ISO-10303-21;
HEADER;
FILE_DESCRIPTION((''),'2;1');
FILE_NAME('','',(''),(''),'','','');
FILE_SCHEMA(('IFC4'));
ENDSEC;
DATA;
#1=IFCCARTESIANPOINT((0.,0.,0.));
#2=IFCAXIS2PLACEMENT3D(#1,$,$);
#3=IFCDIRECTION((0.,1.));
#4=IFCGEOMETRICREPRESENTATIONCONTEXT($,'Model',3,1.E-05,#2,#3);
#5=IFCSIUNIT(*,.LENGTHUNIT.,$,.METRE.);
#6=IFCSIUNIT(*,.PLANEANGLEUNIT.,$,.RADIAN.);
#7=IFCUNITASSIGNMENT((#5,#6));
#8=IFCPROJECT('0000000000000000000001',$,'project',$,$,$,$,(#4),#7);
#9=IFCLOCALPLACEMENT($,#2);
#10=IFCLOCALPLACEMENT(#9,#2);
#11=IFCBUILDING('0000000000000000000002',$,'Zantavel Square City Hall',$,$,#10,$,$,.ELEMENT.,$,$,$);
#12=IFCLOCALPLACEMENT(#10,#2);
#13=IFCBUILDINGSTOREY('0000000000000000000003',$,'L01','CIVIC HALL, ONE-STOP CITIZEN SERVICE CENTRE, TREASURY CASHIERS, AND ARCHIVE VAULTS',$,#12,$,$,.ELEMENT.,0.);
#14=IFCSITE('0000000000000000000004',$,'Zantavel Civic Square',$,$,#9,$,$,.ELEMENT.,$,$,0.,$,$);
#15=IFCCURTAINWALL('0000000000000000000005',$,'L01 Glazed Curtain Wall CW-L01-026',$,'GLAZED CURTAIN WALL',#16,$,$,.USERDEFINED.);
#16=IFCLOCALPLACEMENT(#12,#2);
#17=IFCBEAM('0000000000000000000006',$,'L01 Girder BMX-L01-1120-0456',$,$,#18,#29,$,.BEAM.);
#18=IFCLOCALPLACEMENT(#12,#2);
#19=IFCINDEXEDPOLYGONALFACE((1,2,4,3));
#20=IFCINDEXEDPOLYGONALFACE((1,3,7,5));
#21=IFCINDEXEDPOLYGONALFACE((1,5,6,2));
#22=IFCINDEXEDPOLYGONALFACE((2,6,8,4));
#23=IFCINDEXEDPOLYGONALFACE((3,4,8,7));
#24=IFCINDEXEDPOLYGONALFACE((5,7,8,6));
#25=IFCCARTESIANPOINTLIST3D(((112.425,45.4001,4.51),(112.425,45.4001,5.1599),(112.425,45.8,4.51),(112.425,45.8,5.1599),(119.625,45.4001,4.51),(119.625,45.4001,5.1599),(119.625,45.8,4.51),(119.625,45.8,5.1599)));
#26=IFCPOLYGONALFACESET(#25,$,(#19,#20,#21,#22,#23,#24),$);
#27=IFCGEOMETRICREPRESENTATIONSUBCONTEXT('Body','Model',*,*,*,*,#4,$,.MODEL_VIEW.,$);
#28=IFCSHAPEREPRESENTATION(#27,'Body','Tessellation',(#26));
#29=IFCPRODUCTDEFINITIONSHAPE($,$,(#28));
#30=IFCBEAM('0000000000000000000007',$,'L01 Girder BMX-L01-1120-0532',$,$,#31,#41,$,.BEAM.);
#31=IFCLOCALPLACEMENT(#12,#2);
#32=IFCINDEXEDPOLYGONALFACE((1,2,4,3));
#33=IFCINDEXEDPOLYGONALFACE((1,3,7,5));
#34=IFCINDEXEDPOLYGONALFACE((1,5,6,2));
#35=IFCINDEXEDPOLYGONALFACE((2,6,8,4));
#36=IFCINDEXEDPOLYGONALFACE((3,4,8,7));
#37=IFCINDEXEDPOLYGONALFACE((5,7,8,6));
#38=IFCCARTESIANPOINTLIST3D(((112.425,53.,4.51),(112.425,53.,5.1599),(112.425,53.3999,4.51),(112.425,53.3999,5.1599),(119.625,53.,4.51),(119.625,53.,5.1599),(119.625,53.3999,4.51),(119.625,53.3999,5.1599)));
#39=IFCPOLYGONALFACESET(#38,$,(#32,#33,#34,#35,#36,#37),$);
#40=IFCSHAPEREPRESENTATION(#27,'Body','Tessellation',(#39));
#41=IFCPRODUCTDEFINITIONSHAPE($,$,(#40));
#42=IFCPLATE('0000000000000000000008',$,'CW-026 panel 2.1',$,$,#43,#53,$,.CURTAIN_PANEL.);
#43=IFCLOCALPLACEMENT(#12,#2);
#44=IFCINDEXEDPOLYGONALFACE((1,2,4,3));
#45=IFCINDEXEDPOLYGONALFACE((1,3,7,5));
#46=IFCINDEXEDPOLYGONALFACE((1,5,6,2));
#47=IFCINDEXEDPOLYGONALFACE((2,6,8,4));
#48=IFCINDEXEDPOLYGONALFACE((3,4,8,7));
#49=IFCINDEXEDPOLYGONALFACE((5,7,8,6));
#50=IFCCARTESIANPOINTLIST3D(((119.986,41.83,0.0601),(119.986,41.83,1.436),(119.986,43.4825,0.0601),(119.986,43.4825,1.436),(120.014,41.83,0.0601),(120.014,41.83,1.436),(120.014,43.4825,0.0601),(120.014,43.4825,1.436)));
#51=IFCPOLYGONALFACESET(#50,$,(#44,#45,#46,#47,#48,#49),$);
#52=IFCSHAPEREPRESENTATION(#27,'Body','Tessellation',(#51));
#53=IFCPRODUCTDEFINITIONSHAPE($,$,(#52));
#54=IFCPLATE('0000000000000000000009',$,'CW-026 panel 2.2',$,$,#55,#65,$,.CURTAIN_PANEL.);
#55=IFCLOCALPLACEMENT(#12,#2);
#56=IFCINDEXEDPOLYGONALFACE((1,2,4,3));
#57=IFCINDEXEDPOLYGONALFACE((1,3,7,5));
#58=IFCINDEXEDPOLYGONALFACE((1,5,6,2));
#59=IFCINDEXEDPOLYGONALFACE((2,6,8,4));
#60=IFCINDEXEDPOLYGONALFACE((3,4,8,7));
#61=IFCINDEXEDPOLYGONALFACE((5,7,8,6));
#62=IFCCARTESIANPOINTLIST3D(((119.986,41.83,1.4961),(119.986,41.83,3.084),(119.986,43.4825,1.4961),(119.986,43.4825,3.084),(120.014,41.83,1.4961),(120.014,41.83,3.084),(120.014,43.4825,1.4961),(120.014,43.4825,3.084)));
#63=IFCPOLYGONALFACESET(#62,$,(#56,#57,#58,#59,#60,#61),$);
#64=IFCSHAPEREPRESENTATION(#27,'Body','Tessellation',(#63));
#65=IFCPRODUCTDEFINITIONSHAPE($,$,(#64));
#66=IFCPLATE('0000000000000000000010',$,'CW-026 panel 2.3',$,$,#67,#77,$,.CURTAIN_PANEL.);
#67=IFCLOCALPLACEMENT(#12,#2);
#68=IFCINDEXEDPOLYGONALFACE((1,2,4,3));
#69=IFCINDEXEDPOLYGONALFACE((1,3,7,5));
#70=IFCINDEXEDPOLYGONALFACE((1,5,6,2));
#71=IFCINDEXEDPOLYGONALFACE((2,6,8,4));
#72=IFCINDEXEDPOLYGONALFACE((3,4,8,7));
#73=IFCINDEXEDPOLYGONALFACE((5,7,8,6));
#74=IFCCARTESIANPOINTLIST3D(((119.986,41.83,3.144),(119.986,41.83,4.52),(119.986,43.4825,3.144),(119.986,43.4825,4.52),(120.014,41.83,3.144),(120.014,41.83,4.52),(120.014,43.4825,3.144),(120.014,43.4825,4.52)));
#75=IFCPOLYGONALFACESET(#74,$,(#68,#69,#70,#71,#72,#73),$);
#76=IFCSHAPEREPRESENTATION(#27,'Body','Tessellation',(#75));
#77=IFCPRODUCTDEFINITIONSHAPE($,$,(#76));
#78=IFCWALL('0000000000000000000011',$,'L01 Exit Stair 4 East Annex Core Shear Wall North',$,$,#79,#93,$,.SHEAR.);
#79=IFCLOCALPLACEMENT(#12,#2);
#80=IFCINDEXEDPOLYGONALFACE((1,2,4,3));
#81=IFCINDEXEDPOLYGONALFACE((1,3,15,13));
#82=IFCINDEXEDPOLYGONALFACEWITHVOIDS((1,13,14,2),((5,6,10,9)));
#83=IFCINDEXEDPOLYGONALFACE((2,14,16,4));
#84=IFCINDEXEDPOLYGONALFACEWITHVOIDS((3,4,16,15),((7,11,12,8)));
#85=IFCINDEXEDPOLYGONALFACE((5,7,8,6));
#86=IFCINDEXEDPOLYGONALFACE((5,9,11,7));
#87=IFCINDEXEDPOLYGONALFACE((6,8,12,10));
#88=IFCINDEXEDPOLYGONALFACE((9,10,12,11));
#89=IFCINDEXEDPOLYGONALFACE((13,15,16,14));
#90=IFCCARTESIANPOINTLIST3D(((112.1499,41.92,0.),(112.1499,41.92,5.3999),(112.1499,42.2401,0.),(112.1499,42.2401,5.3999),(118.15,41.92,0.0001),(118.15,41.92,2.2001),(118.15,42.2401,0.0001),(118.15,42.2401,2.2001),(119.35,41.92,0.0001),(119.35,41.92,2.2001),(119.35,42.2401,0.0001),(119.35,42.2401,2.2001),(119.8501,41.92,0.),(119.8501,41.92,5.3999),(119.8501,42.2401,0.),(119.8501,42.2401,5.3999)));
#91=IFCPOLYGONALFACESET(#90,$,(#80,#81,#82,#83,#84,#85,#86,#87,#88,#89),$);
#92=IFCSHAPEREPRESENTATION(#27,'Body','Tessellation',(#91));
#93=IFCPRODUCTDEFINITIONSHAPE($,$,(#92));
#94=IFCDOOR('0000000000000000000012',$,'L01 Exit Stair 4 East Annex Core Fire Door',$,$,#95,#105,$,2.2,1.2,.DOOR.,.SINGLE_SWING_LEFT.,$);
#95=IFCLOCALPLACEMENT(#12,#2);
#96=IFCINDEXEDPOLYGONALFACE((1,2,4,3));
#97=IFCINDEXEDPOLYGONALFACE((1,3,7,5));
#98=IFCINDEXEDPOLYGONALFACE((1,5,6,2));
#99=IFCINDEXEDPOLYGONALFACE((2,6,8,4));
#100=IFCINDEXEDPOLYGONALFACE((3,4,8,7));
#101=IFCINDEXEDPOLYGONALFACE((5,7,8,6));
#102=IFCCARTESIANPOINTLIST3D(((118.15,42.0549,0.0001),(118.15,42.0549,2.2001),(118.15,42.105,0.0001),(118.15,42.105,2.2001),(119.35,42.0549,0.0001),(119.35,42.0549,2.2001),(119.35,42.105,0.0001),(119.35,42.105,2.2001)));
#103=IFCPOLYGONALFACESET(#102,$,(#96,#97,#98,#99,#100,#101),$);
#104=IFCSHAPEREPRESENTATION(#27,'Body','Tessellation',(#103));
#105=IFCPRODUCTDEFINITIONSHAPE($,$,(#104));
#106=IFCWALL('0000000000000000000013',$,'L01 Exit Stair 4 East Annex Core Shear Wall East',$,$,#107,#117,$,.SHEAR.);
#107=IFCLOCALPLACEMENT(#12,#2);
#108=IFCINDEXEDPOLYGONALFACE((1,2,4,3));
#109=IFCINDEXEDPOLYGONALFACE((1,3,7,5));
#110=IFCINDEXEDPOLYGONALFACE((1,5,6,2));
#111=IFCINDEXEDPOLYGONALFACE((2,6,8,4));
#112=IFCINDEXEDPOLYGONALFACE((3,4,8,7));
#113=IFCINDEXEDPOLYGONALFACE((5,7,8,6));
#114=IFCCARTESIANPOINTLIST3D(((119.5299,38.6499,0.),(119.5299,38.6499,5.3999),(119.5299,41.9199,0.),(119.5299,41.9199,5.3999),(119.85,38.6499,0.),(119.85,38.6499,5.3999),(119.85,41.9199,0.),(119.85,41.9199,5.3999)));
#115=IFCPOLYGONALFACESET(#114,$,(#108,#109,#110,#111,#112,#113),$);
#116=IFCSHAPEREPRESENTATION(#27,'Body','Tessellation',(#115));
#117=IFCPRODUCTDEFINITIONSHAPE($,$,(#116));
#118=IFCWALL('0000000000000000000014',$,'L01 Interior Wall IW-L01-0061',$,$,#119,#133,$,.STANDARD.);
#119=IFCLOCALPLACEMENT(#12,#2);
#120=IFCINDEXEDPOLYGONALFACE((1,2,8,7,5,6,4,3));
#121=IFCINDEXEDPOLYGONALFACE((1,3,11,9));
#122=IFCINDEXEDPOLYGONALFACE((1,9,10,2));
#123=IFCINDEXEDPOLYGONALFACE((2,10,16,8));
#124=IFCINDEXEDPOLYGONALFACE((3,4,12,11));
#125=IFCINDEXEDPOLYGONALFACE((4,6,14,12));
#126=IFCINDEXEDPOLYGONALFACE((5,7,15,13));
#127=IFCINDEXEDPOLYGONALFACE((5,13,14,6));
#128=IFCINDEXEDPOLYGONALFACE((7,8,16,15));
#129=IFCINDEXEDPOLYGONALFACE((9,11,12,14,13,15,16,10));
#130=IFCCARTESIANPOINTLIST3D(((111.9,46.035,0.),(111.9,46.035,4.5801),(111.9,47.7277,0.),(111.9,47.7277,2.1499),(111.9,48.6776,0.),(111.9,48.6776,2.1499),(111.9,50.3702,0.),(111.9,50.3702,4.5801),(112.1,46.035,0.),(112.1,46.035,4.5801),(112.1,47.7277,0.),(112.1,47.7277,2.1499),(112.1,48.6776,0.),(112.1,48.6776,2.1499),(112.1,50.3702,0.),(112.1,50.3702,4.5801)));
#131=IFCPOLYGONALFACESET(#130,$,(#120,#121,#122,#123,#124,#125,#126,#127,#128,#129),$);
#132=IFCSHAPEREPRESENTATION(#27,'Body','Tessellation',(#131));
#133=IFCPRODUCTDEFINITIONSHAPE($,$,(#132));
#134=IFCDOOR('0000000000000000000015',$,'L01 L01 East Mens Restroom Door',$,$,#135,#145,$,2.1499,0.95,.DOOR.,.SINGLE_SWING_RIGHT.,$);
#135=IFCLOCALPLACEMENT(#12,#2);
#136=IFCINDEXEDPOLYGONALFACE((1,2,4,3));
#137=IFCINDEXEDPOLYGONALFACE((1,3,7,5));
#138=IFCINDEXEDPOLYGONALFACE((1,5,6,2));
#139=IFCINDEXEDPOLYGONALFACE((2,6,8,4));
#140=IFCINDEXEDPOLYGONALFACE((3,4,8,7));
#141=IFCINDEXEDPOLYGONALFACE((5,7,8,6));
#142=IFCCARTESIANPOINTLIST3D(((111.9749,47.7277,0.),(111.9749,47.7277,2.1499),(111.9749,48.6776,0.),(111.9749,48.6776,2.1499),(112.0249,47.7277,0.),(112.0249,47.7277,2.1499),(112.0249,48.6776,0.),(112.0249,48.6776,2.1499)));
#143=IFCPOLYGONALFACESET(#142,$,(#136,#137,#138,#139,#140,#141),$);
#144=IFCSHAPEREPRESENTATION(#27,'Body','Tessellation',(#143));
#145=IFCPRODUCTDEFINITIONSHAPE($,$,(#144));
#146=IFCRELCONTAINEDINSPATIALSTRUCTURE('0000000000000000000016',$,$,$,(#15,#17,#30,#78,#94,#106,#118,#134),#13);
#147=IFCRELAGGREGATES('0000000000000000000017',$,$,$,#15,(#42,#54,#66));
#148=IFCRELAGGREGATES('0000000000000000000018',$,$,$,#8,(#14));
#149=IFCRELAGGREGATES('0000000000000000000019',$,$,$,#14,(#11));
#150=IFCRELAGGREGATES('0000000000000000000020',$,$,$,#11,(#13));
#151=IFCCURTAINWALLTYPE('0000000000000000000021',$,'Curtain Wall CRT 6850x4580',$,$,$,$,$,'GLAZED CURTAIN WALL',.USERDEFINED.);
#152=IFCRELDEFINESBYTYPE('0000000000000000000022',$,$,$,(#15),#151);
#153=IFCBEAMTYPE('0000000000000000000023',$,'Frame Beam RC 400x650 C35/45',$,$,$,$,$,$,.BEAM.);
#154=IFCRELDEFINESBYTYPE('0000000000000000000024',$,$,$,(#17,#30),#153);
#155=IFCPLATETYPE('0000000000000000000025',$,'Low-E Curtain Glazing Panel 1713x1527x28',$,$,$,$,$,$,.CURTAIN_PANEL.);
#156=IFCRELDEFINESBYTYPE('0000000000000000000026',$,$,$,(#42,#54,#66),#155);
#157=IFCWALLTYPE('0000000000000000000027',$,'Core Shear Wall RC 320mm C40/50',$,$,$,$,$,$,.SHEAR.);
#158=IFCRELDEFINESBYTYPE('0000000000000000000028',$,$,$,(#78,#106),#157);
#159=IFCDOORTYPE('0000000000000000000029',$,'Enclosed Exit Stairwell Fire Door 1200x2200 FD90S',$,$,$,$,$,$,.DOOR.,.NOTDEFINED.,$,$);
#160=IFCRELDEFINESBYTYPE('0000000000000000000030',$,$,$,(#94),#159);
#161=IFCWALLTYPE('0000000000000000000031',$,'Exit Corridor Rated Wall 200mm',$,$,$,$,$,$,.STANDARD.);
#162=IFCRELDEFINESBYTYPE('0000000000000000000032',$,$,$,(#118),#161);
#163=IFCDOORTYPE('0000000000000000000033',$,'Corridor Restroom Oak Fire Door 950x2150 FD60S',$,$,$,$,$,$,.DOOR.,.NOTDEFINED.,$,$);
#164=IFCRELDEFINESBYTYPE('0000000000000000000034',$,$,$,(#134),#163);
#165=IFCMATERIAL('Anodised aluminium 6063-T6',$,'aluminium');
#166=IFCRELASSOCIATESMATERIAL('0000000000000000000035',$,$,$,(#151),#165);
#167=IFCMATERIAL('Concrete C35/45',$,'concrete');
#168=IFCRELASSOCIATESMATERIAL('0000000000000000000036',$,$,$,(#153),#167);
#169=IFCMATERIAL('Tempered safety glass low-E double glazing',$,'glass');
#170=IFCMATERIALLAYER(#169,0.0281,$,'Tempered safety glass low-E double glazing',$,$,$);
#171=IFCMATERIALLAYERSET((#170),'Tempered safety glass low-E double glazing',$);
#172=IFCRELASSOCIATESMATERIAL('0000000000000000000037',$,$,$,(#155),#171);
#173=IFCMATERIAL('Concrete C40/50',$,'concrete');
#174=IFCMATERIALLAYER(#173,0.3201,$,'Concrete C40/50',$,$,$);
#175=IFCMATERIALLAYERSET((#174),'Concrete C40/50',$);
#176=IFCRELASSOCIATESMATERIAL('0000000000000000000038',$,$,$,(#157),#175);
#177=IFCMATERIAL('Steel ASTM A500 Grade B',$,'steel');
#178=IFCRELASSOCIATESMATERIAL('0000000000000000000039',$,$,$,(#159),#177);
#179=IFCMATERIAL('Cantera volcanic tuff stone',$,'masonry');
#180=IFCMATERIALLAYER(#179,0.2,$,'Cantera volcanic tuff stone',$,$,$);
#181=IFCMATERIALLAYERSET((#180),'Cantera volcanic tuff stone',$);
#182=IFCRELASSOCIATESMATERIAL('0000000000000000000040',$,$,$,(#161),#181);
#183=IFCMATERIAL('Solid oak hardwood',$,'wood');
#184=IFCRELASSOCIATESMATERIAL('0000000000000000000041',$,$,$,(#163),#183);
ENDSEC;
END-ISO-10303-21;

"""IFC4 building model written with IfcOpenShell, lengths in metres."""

from ifc_helpers import new_model, si_unit, direction, frame, frame_2d, origin, origin_2d, place, context, subcontext, project, spatial, rectangle, extrude, material, layer, layer_set, material_profile, profile_set, type_object, element, fill, aggregate, save


model = new_model("IFC4")

# Units and contexts
model_context = context("Model", 3, precision=1e-05, world=origin(), true_north=direction((0.0, 1.0)))
body_context = subcontext(model_context, "Body", "Model", "MODEL_VIEW")
ifc_project = project(units=[si_unit("LENGTHUNIT", "METRE"), si_unit("PLANEANGLEUNIT", "RADIAN")], contexts=[model_context])

# Site, building, storey
site_placement = place(None, origin())
site = spatial("IfcSite", under=ifc_project, at=site_placement, Name="Zantavel Civic Square", CompositionType="ELEMENT", RefElevation=0.0)
building_placement = place(site_placement, origin())
building = spatial("IfcBuilding", under=site, at=building_placement, Name="Zantavel Square City Hall", CompositionType="ELEMENT")
storey_placement = place(building_placement, origin())
storey = spatial("IfcBuildingStorey", under=building, at=storey_placement, Name="L01", Description="CIVIC HALL, ONE-STOP CITIZEN SERVICE CENTRE, TREASURY CASHIERS, AND ARCHIVE VAULTS", CompositionType="ELEMENT", Elevation=0.0)

# Shared definitions
ifc_material_1 = material(Name="Concrete C40/50", Category="concrete")

# Curtain wall
ifc_material_2 = material(Name="Anodised aluminium 6063-T6", Category="aluminium")
curtain_wall_type = type_object("IfcCurtainWallType", Name="Curtain Wall CRT 6850x4580", ElementType="GLAZED CURTAIN WALL", PredefinedType="USERDEFINED", material=ifc_material_2)
curtain_wall_placement = place(storey_placement, origin())
curtain_wall = element("IfcCurtainWall", 1, at=curtain_wall_placement, inside=storey, type_object=curtain_wall_type, Name="L01 Glazed Curtain Wall CW-L01-026", ObjectType="GLAZED CURTAIN WALL", PredefinedType="USERDEFINED")

# Beams
ifc_material_3 = material(Name="Concrete C35/45", Category="concrete")
ifc_material_profile_1 = material_profile(ifc_material_3, rectangle(XDim=0.3999, YDim=0.6499, at=origin_2d()), Name="RC 400x650")
ifc_profile_set_1 = profile_set([ifc_material_profile_1], Name="Concrete C35/45")
beam_type_1 = type_object("IfcBeamType", Name="Frame Beam RC 400x650 C35/45", PredefinedType="BEAM", material=ifc_profile_set_1)
for number, where, z_axis, x_axis, name in (
    (2, (112.425, 45.6001, 4.835), (1.0, 0.0, 0.0), (0.0, 1.0, 0.0), "L01 Girder BMX-L01-1120-0456"),
    (3, (112.425, 53.2, 4.835), (1.0, 0.0, 0.0), (0.0, 1.0, 0.0), "L01 Girder BMX-L01-1120-0532"),
):
    element("IfcBeam", number, at=place(storey_placement, frame(where, z_axis=z_axis, x_axis=x_axis)), inside=storey, type_object=beam_type_1, Name=name, PredefinedType="BEAM", context=body_context, shape_type="SweptSolid", body=[
        extrude(rectangle(XDim=0.3999, YDim=0.6499, at=origin_2d()), origin(), (0.0, 0.0, 1.0), 7.2),
    ])

# Plates
ifc_material_4 = material(Name="Tempered safety glass low-E double glazing", Category="glass")
ifc_layer_1 = layer(ifc_material_4, 0.0281, Name="Tempered safety glass low-E double glazing")
ifc_layer_set_1 = layer_set([ifc_layer_1], Name="Tempered safety glass low-E double glazing")
plate_type = type_object("IfcPlateType", Name="Low-E Curtain Glazing Panel 1713x1527x28", PredefinedType="CURTAIN_PANEL", material=ifc_layer_set_1)
plate_1_placement = place(storey_placement, frame((120.0, 42.6562, 0.0601), z_axis=(0.0, 0.0, 1.0), x_axis=(0.0, -1.0, 0.0)))
plate_1 = element("IfcPlate", 4, at=plate_1_placement, type_object=plate_type, Name="CW-026 panel 2.1", PredefinedType="CURTAIN_PANEL", context=body_context, shape_type="SweptSolid", body=[
    extrude(rectangle(XDim=1.6526, YDim=0.0281, at=origin_2d()), origin(), (0.0, 0.0, 1.0), 1.376),
])
plate_2_placement = place(storey_placement, frame((120.0, 42.6562, 1.4961), z_axis=(0.0, 0.0, 1.0), x_axis=(0.0, -1.0, 0.0)))
plate_2 = element("IfcPlate", 5, at=plate_2_placement, type_object=plate_type, Name="CW-026 panel 2.2", PredefinedType="CURTAIN_PANEL", context=body_context, shape_type="SweptSolid", body=[
    extrude(rectangle(XDim=1.6526, YDim=0.0281, at=origin_2d()), origin(), (0.0, 0.0, 1.0), 1.5879),
])
plate_3_placement = place(storey_placement, frame((120.0, 42.6562, 3.144), z_axis=(0.0, 0.0, 1.0), x_axis=(0.0, -1.0, 0.0)))
plate_3 = element("IfcPlate", 6, at=plate_3_placement, type_object=plate_type, Name="CW-026 panel 2.3", PredefinedType="CURTAIN_PANEL", context=body_context, shape_type="SweptSolid", body=[
    extrude(rectangle(XDim=1.6526, YDim=0.0281, at=origin_2d()), origin(), (0.0, 0.0, 1.0), 1.376),
])
aggregate(curtain_wall, [plate_1, plate_2, plate_3])

# Wall, opening, door
ifc_layer_2 = layer(ifc_material_1, 0.3201, Name="Concrete C40/50")
ifc_layer_set_2 = layer_set([ifc_layer_2], Name="Concrete C40/50")
wall_type_1 = type_object("IfcWallType", Name="Core Shear Wall RC 320mm C40/50", PredefinedType="SHEAR", material=ifc_layer_set_2)
wall_1_placement = place(storey_placement, frame((112.1499, 42.0801, 0.0), z_axis=(0.0, 0.0, 1.0), x_axis=(1.0, 0.0, 0.0)))
wall_1 = element("IfcWall", 7, at=wall_1_placement, inside=storey, type_object=wall_type_1, Name="L01 Exit Stair 4 East Annex Core Shear Wall North", PredefinedType="SHEAR", context=body_context, shape_type="SweptSolid", body=[
    extrude(rectangle(XDim=7.7002, YDim=0.3201, at=frame_2d((3.8501, 0.0))), origin(), (0.0, 0.0, 1.0), 5.3999),
])
opening_1_placement = place(wall_1_placement, frame((6.0, 0.0, 0.0)))
opening_1 = element("IfcOpeningElement", 8, at=opening_1_placement, cuts=wall_1, PredefinedType="OPENING", context=body_context, shape_type="SweptSolid", body=[
    extrude(rectangle(XDim=1.2, YDim=2.2, at=frame_2d((0.6001, 1.1001))), frame((0.0, 0.1699, 0.0), z_axis=(0.0, -1.0, 0.0), x_axis=(1.0, 0.0, 0.0)), (0.0, 0.0, 1.0), 0.3401),
])
ifc_material_5 = material(Name="Steel ASTM A500 Grade B", Category="steel")
door_type_1 = type_object("IfcDoorType", Name="Enclosed Exit Stairwell Fire Door 1200x2200 FD90S", OperationType="NOTDEFINED", PredefinedType="DOOR", material=ifc_material_5)
door_1_placement = place(opening_1_placement, origin())
door_1 = element("IfcDoor", 9, at=door_1_placement, inside=storey, type_object=door_type_1, Name="L01 Exit Stair 4 East Annex Core Fire Door", OperationType="SINGLE_SWING_LEFT", OverallHeight=2.2, OverallWidth=1.2, PredefinedType="DOOR", context=body_context, shape_type="SweptSolid", body=[
    extrude(rectangle(XDim=1.2, YDim=2.2, at=frame_2d((0.6001, 1.1001))), frame((0.0, 0.0249, 0.0), z_axis=(0.0, -1.0, 0.0), x_axis=(1.0, 0.0, 0.0)), (0.0, 0.0, 1.0), 0.05),
])
fill(opening_1, door_1)

# Wall
wall_2_placement = place(storey_placement, frame((119.6899, 41.9199, 0.0), z_axis=(0.0, 0.0, 1.0), x_axis=(0.0, -1.0, 0.0)))
element("IfcWall", 10, at=wall_2_placement, inside=storey, type_object=wall_type_1, Name="L01 Exit Stair 4 East Annex Core Shear Wall East", PredefinedType="SHEAR", context=body_context, shape_type="SweptSolid", body=[
    extrude(rectangle(XDim=3.27, YDim=0.3201, at=frame_2d((1.635, 0.0))), origin(), (0.0, 0.0, 1.0), 5.3999),
])

# Wall, opening, door
ifc_material_6 = material(Name="Cantera volcanic tuff stone", Category="masonry")
ifc_layer_3 = layer(ifc_material_6, 0.2, Name="Cantera volcanic tuff stone")
ifc_layer_set_3 = layer_set([ifc_layer_3], Name="Cantera volcanic tuff stone")
wall_type_2 = type_object("IfcWallType", Name="Exit Corridor Rated Wall 200mm", PredefinedType="STANDARD", material=ifc_layer_set_3)
wall_3_placement = place(storey_placement, frame((112.0, 50.3701, 0.0), z_axis=(0.0, 0.0, 1.0), x_axis=(0.0, -1.0, 0.0)))
wall_3 = element("IfcWall", 11, at=wall_3_placement, inside=storey, type_object=wall_type_2, Name="L01 Interior Wall IW-L01-0061", PredefinedType="STANDARD", context=body_context, shape_type="SweptSolid", body=[
    extrude(rectangle(XDim=4.3352, YDim=0.2, at=frame_2d((2.1675, 0.0))), origin(), (0.0, 0.0, 1.0), 4.5801),
])
opening_2_placement = place(wall_3_placement, frame((1.6924, 0.0, 0.0)))
opening_2 = element("IfcOpeningElement", 12, at=opening_2_placement, cuts=wall_3, PredefinedType="OPENING", context=body_context, shape_type="SweptSolid", body=[
    extrude(rectangle(XDim=0.95, YDim=2.1499, at=frame_2d((0.4751, 1.075))), frame((0.0, 0.1099, 0.0), z_axis=(0.0, -1.0, 0.0), x_axis=(1.0, 0.0, 0.0)), (0.0, 0.0, 1.0), 0.22),
])
ifc_material_7 = material(Name="Solid oak hardwood", Category="wood")
door_type_2 = type_object("IfcDoorType", Name="Corridor Restroom Oak Fire Door 950x2150 FD60S", OperationType="NOTDEFINED", PredefinedType="DOOR", material=ifc_material_7)
door_2_placement = place(opening_2_placement, origin())
door_2 = element("IfcDoor", 13, at=door_2_placement, inside=storey, type_object=door_type_2, Name="L01 L01 East Mens Restroom Door", OperationType="SINGLE_SWING_RIGHT", OverallHeight=2.1499, OverallWidth=0.95, PredefinedType="DOOR", context=body_context, shape_type="SweptSolid", body=[
    extrude(rectangle(XDim=0.95, YDim=2.1499, at=frame_2d((0.4751, 1.075))), frame((0.0, 0.0249, 0.0), z_axis=(0.0, -1.0, 0.0), x_axis=(1.0, 0.0, 0.0)), (0.0, 0.0, 1.0), 0.05),
])
fill(opening_2, door_2)

save(model, "model.ifc")
